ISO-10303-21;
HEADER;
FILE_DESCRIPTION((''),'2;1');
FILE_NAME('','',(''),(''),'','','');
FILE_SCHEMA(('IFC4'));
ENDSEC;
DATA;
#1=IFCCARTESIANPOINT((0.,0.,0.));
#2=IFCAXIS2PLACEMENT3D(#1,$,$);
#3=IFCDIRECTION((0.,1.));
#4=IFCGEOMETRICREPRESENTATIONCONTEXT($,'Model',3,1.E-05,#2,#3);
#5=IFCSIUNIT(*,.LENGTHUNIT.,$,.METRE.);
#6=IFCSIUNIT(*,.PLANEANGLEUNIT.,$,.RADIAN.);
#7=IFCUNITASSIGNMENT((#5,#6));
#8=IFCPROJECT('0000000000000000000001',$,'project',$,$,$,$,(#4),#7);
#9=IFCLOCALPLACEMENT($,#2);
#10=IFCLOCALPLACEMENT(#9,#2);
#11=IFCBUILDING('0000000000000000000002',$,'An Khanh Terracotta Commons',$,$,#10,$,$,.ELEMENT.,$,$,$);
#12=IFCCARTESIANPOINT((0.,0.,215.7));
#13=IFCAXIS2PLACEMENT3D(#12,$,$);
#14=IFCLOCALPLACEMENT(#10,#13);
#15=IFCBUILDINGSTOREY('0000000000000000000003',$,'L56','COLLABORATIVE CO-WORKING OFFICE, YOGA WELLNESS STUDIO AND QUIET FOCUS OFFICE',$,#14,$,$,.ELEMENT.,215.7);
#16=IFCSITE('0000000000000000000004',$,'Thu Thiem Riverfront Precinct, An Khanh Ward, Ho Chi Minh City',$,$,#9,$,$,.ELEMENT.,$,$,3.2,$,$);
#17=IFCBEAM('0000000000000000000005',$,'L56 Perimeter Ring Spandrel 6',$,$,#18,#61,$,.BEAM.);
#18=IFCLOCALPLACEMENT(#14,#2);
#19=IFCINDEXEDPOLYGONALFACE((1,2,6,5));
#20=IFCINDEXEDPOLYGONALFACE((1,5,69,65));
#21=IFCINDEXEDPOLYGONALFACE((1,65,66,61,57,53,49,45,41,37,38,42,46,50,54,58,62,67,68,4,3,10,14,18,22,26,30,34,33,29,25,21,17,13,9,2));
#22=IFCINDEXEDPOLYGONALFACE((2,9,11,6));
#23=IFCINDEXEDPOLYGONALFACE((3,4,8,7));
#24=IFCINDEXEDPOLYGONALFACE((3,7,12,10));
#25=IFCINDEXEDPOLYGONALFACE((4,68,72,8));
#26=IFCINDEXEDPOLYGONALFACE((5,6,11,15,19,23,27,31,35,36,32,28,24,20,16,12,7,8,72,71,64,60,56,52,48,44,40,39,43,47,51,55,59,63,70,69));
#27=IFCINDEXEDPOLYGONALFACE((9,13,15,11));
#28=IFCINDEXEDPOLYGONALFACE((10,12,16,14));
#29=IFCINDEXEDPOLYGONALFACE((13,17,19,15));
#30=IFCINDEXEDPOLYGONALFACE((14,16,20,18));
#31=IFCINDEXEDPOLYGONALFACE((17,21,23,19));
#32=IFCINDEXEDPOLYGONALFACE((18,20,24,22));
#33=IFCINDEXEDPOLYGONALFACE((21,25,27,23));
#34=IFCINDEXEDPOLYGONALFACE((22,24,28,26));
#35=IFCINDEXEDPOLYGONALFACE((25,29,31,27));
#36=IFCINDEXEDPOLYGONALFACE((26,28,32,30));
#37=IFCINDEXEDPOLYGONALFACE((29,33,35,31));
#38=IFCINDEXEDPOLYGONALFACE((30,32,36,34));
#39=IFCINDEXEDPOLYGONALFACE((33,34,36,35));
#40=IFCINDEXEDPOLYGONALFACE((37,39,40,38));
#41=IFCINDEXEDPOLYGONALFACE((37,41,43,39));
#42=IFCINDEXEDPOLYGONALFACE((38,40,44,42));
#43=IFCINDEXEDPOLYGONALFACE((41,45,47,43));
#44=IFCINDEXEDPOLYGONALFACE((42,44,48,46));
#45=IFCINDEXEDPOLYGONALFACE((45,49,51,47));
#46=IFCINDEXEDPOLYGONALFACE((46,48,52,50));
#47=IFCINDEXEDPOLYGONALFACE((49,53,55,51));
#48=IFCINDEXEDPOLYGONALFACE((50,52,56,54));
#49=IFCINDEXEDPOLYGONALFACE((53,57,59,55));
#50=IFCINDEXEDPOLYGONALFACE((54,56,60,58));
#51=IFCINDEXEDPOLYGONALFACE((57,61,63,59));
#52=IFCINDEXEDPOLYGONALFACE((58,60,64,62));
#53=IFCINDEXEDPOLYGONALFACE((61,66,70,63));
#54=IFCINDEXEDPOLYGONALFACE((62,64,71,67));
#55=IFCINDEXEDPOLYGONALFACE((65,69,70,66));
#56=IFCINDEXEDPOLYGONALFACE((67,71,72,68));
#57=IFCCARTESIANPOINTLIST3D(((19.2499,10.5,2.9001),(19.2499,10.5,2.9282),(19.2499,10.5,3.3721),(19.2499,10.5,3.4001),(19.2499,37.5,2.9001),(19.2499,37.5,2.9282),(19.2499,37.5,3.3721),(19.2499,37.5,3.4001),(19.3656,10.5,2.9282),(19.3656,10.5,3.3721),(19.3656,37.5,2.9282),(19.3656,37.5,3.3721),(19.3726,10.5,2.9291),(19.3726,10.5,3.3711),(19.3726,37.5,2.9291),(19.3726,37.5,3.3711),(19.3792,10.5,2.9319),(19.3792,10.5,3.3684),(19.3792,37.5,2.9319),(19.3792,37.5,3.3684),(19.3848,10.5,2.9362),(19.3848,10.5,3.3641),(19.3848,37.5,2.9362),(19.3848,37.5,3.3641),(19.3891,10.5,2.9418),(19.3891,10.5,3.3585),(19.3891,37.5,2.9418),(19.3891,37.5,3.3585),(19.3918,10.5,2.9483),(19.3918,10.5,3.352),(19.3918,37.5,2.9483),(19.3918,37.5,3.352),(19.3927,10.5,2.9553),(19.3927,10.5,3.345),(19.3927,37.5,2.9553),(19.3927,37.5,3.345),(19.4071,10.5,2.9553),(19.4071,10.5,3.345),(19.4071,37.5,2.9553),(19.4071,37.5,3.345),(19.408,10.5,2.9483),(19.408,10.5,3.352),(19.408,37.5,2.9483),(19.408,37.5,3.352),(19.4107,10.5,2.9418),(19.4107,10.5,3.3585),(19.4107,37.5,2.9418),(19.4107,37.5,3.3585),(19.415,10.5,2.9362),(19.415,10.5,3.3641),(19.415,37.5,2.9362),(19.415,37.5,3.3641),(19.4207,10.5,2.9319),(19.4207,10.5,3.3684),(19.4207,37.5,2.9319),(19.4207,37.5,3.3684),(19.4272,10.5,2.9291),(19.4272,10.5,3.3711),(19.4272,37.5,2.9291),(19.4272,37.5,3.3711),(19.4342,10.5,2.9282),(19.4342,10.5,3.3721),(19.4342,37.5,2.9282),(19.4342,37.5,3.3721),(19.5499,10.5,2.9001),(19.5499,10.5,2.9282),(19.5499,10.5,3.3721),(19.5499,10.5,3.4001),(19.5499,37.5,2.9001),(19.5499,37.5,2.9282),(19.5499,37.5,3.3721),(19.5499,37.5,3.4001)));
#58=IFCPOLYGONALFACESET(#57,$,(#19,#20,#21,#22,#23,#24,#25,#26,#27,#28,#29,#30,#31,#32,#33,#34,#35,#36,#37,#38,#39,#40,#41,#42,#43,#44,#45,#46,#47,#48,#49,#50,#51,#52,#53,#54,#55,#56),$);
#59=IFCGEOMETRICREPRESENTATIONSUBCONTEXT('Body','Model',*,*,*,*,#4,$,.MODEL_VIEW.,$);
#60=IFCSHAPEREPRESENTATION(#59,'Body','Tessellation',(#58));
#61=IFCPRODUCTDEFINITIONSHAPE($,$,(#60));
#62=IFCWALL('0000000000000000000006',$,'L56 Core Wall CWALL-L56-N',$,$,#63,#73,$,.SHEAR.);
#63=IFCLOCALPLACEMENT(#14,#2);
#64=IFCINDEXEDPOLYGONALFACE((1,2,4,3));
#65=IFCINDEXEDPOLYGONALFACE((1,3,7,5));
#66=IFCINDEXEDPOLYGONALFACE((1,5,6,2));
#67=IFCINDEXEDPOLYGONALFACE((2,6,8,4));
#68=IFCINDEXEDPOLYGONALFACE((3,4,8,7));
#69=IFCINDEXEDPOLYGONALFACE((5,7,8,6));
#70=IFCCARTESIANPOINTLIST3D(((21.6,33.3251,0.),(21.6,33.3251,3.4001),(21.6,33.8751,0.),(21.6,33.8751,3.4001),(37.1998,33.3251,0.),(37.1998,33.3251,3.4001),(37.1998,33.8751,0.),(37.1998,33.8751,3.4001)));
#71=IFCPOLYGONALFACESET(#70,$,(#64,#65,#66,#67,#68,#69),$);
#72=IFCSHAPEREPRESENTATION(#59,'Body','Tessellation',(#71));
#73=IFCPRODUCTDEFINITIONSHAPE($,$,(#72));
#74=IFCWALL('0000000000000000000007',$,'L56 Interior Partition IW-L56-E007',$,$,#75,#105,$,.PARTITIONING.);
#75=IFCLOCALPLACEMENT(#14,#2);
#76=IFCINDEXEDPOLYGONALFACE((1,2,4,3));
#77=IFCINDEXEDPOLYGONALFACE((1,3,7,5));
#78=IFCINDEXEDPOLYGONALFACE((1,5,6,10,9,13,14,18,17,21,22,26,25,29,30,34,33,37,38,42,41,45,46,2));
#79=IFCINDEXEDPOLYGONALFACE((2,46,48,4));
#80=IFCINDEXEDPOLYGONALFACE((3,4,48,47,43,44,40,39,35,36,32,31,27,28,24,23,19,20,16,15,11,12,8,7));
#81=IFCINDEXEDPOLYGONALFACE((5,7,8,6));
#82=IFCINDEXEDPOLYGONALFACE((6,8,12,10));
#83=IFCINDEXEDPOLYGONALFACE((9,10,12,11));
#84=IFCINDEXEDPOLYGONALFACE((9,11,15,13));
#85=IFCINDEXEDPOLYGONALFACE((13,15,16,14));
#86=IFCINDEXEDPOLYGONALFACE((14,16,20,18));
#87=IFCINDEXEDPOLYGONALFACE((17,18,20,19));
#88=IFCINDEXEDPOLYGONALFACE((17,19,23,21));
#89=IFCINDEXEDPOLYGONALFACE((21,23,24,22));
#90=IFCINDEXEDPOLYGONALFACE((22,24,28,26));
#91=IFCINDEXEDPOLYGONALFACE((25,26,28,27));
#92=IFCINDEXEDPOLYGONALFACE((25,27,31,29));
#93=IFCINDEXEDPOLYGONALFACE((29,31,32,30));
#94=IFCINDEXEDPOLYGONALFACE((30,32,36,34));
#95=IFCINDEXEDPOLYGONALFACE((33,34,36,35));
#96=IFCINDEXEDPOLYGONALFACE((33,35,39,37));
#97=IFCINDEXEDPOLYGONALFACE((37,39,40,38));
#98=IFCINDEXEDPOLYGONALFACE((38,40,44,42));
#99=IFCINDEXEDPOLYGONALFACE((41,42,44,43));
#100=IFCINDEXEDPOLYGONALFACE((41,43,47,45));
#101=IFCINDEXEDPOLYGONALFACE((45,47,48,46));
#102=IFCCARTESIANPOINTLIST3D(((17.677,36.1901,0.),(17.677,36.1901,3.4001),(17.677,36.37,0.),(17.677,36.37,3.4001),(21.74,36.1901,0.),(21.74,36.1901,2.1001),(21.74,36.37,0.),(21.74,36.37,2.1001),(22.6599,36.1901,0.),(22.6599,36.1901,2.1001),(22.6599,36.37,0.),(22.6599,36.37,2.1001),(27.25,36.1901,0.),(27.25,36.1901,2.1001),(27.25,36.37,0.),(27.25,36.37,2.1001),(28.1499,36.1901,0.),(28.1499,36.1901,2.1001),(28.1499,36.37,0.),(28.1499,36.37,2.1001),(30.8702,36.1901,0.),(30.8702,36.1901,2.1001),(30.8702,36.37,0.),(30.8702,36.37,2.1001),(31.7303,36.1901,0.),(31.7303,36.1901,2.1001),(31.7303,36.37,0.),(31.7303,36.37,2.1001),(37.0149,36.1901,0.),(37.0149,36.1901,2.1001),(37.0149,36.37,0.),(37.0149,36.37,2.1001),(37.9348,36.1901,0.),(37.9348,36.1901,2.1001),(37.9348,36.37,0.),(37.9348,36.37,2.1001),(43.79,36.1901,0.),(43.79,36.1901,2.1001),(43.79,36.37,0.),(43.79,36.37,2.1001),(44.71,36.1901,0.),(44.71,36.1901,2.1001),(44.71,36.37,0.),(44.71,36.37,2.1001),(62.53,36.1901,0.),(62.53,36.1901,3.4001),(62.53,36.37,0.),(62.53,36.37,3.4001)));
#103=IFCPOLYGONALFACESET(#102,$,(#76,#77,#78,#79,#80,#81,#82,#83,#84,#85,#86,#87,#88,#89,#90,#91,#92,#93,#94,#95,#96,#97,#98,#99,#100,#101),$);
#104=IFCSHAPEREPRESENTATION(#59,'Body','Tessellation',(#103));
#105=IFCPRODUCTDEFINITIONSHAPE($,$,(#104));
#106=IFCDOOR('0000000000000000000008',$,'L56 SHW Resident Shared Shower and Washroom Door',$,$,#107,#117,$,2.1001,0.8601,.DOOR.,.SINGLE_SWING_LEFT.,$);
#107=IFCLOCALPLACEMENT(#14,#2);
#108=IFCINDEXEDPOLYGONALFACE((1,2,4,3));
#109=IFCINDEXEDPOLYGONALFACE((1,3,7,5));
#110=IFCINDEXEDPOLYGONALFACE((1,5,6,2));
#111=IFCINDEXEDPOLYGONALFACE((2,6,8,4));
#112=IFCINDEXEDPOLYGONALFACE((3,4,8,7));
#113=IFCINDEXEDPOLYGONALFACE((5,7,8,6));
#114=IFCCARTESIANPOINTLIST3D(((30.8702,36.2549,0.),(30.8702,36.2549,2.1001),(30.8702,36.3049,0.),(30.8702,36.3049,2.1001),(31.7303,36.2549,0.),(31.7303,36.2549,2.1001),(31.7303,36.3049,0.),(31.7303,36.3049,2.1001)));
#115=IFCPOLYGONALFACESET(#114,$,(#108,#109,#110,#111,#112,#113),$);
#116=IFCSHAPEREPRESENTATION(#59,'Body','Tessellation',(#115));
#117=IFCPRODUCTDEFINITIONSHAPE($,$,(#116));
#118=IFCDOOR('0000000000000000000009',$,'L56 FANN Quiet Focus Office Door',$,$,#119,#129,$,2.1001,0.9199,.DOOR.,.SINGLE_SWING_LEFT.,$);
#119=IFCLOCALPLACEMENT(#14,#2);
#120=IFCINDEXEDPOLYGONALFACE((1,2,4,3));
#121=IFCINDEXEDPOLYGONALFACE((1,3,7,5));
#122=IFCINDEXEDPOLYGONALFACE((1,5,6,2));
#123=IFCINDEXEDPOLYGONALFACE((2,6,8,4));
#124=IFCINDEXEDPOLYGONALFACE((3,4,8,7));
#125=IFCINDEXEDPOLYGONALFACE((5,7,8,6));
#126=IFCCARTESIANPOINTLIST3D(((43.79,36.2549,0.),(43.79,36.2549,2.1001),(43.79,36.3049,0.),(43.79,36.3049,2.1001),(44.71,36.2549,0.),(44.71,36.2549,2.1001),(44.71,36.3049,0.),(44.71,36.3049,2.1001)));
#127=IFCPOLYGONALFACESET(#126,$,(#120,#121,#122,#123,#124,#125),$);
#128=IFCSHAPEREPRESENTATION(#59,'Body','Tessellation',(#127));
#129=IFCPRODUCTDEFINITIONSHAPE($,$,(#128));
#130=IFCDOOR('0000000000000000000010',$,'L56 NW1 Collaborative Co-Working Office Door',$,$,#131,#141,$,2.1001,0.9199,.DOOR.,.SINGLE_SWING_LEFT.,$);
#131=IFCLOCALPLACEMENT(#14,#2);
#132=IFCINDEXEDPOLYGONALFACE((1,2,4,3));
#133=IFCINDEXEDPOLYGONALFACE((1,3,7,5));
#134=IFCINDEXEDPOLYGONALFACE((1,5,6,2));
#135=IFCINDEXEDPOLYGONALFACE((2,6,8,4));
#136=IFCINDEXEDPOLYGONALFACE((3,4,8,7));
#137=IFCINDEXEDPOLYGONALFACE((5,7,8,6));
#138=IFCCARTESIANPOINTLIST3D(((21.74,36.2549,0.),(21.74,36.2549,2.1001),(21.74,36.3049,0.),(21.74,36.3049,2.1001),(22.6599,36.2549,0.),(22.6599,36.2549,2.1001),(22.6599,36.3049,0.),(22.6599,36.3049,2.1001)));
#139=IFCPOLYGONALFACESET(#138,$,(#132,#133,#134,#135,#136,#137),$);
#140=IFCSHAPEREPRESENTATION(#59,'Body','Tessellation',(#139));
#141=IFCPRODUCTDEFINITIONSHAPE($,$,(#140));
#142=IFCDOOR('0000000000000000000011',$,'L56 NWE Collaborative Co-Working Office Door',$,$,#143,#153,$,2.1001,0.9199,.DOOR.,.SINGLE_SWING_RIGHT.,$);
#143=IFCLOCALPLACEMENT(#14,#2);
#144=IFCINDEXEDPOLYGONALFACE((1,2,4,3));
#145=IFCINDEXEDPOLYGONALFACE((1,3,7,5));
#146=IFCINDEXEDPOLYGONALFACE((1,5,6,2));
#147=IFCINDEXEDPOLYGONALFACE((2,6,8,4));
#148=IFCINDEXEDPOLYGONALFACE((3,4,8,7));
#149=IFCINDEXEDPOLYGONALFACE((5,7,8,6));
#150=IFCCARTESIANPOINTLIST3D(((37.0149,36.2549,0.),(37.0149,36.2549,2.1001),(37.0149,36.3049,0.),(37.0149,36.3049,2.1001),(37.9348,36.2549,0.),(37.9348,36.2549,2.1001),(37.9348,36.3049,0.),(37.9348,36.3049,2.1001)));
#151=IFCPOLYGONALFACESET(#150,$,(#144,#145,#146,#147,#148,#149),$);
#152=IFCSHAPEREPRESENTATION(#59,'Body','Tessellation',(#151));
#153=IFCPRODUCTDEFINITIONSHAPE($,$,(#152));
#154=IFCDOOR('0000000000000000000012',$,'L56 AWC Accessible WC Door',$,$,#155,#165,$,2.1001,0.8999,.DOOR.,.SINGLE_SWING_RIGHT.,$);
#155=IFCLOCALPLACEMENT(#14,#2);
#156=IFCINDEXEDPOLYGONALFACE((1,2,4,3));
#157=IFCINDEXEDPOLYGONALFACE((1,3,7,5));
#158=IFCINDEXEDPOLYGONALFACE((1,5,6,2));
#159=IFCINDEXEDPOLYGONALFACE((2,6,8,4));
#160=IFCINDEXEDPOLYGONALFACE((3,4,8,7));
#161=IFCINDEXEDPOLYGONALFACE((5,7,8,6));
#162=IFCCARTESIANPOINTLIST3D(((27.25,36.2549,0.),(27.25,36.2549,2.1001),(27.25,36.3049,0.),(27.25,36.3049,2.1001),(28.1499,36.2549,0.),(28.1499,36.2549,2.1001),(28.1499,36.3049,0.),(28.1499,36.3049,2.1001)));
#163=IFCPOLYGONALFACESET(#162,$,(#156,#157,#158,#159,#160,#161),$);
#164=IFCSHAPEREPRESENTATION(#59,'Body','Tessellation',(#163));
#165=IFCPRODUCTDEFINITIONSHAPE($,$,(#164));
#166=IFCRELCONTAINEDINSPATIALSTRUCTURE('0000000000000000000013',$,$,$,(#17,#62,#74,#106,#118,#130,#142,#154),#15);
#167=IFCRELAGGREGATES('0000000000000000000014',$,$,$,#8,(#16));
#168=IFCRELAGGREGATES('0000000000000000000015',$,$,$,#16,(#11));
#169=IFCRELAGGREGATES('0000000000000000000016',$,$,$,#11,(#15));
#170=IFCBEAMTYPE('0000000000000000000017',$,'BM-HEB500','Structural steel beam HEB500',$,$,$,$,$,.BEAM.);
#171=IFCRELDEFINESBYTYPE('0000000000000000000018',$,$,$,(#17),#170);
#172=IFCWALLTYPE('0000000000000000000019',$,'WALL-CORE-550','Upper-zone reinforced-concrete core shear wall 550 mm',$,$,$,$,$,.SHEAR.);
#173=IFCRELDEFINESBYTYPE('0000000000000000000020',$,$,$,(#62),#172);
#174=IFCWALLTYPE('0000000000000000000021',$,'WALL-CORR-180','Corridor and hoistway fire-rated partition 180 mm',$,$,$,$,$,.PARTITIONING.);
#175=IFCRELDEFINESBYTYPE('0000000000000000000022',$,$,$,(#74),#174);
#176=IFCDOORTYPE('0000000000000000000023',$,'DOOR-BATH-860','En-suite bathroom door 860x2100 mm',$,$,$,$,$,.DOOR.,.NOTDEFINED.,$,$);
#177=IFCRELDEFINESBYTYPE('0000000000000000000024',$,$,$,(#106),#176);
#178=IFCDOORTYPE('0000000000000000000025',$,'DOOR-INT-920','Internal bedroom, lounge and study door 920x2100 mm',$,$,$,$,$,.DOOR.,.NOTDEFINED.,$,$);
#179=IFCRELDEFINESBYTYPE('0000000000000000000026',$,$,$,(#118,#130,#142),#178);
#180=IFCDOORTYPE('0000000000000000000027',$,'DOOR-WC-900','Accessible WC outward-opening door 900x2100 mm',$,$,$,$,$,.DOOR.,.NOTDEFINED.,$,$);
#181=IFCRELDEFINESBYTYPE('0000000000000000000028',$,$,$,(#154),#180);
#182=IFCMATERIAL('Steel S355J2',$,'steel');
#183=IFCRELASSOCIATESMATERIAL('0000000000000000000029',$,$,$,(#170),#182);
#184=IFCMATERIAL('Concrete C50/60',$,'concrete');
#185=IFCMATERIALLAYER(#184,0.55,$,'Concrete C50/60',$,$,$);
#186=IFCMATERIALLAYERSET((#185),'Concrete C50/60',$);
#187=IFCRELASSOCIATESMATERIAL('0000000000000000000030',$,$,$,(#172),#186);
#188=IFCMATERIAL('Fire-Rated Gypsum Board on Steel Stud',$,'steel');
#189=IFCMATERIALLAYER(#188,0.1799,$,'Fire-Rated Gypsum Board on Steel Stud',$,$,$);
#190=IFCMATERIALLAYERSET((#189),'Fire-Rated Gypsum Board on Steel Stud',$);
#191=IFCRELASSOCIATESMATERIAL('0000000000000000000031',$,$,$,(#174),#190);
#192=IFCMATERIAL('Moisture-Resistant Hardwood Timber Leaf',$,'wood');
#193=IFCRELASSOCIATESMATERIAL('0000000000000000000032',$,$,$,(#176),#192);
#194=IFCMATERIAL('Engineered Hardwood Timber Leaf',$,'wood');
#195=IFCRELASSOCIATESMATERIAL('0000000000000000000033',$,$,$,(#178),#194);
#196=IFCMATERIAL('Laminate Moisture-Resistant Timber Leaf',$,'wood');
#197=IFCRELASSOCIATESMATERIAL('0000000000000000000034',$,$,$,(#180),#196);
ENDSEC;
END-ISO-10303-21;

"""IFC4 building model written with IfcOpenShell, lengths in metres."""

from ifc_helpers import new_model, si_unit, direction, frame, frame_2d, origin, origin_2d, place, context, subcontext, project, spatial, rectangle, i_section, extrude, material, layer, layer_set, material_profile, profile_set, type_object, element, fill, save


model = new_model("IFC4")

# Units and contexts
model_context = context("Model", 3, precision=1e-05, world=origin(), true_north=direction((0.0, 1.0)))
body_context = subcontext(model_context, "Body", "Model", "MODEL_VIEW")
ifc_project = project(units=[si_unit("LENGTHUNIT", "METRE"), si_unit("PLANEANGLEUNIT", "RADIAN")], contexts=[model_context])

# Site, building, storey
site_placement = place(None, origin())
site = spatial("IfcSite", under=ifc_project, at=site_placement, Name="Thu Thiem Riverfront Precinct, An Khanh Ward, Ho Chi Minh City", CompositionType="ELEMENT", RefElevation=3.2)
building_placement = place(site_placement, origin())
building = spatial("IfcBuilding", under=site, at=building_placement, Name="An Khanh Terracotta Commons", CompositionType="ELEMENT")
storey_placement = place(building_placement, frame((0.0, 0.0, 215.7)))
storey = spatial("IfcBuildingStorey", under=building, at=storey_placement, Name="L56", Description="COLLABORATIVE CO-WORKING OFFICE, YOGA WELLNESS STUDIO AND QUIET FOCUS OFFICE", CompositionType="ELEMENT", Elevation=215.7)

# Beam
ifc_material_1 = material(Name="Steel S355J2", Category="steel")
ifc_material_profile_1 = material_profile(ifc_material_1, i_section(OverallWidth=0.3, OverallDepth=0.5, WebThickness=0.0144, FlangeThickness=0.0281, FilletRadius=0.0271, at=origin_2d()), Name="HEB500")
ifc_profile_set_1 = profile_set([ifc_material_profile_1], Name="Steel S355J2")
beam_type_1 = type_object("IfcBeamType", Name="BM-HEB500", Description="Structural steel beam HEB500", PredefinedType="BEAM", material=ifc_profile_set_1)
beam_1_placement = place(storey_placement, frame((19.3999, 37.5, 3.1501), z_axis=(0.0, -1.0, 0.0), x_axis=(1.0, 0.0, 0.0)))
element("IfcBeam", 1, at=beam_1_placement, inside=storey, type_object=beam_type_1, Name="L56 Perimeter Ring Spandrel 6", PredefinedType="BEAM", context=body_context, shape_type="SweptSolid", body=[
    extrude(i_section(OverallWidth=0.3, OverallDepth=0.5, WebThickness=0.0144, FlangeThickness=0.0281, FilletRadius=0.0271, at=origin_2d()), origin(), (0.0, 0.0, 1.0), 27.0),
])

# Wall
ifc_material_2 = material(Name="Concrete C50/60", Category="concrete")
ifc_layer_1 = layer(ifc_material_2, 0.55, Name="Concrete C50/60")
ifc_layer_set_1 = layer_set([ifc_layer_1], Name="Concrete C50/60")
wall_type_1 = type_object("IfcWallType", Name="WALL-CORE-550", Description="Upper-zone reinforced-concrete core shear wall 550 mm", PredefinedType="SHEAR", material=ifc_layer_set_1)
wall_1_placement = place(storey_placement, frame((21.6001, 33.6001, 0.0), z_axis=(0.0, 0.0, 1.0), x_axis=(1.0, 0.0, 0.0)))
element("IfcWall", 2, at=wall_1_placement, inside=storey, type_object=wall_type_1, Name="L56 Core Wall CWALL-L56-N", PredefinedType="SHEAR", context=body_context, shape_type="SweptSolid", body=[
    extrude(rectangle(XDim=15.5999, YDim=0.55, at=frame_2d((7.7998, 0.0))), origin(), (0.0, 0.0, 1.0), 3.4001),
])

# Wall, openings, doors
ifc_material_3 = material(Name="Fire-Rated Gypsum Board on Steel Stud", Category="steel")
ifc_layer_2 = layer(ifc_material_3, 0.1799, Name="Fire-Rated Gypsum Board on Steel Stud")
ifc_layer_set_2 = layer_set([ifc_layer_2], Name="Fire-Rated Gypsum Board on Steel Stud")
wall_type_2 = type_object("IfcWallType", Name="WALL-CORR-180", Description="Corridor and hoistway fire-rated partition 180 mm", PredefinedType="PARTITIONING", material=ifc_layer_set_2)
wall_2_placement = place(storey_placement, frame((17.677, 36.28, 0.0), z_axis=(0.0, 0.0, 1.0), x_axis=(1.0, 0.0, 0.0)))
wall_2 = element("IfcWall", 3, at=wall_2_placement, inside=storey, type_object=wall_type_2, Name="L56 Interior Partition IW-L56-E007", PredefinedType="PARTITIONING", context=body_context, shape_type="SweptSolid", body=[
    extrude(rectangle(XDim=44.853, YDim=0.1799, at=frame_2d((22.4265, 0.0))), origin(), (0.0, 0.0, 1.0), 3.4001),
])
opening_1_placement = place(wall_2_placement, frame((9.573, 0.0, 0.0)))
opening_1 = element("IfcOpeningElement", 4, at=opening_1_placement, cuts=wall_2, PredefinedType="OPENING", context=body_context, shape_type="SweptSolid", body=[
    extrude(rectangle(XDim=0.8999, YDim=2.1001, at=frame_2d((0.45, 1.05))), frame((0.0, 0.0999, 0.0), z_axis=(0.0, -1.0, 0.0), x_axis=(1.0, 0.0, 0.0)), (0.0, 0.0, 1.0), 0.2),
])
opening_2_placement = place(wall_2_placement, frame((13.1931, 0.0, 0.0)))
opening_2 = element("IfcOpeningElement", 5, at=opening_2_placement, cuts=wall_2, PredefinedType="OPENING", context=body_context, shape_type="SweptSolid", body=[
    extrude(rectangle(XDim=0.8601, YDim=2.1001, at=frame_2d((0.4302, 1.05))), frame((0.0, 0.0999, 0.0), z_axis=(0.0, -1.0, 0.0), x_axis=(1.0, 0.0, 0.0)), (0.0, 0.0, 1.0), 0.2),
])
opening_3_placement = place(wall_2_placement, frame((26.113, 0.0, 0.0)))
opening_3 = element("IfcOpeningElement", 6, at=opening_3_placement, cuts=wall_2, PredefinedType="OPENING", context=body_context, shape_type="SweptSolid", body=[
    extrude(rectangle(XDim=0.9199, YDim=2.1001, at=frame_2d((0.46, 1.05))), frame((0.0, 0.0999, 0.0), z_axis=(0.0, -1.0, 0.0), x_axis=(1.0, 0.0, 0.0)), (0.0, 0.0, 1.0), 0.2),
])
opening_4_placement = place(wall_2_placement, frame((4.063, 0.0, 0.0)))
opening_4 = element("IfcOpeningElement", 7, at=opening_4_placement, cuts=wall_2, PredefinedType="OPENING", context=body_context, shape_type="SweptSolid", body=[
    extrude(rectangle(XDim=0.9199, YDim=2.1001, at=frame_2d((0.46, 1.05))), frame((0.0, 0.0999, 0.0), z_axis=(0.0, -1.0, 0.0), x_axis=(1.0, 0.0, 0.0)), (0.0, 0.0, 1.0), 0.2),
])
opening_5_placement = place(wall_2_placement, frame((19.3379, 0.0, 0.0)))
opening_5 = element("IfcOpeningElement", 8, at=opening_5_placement, cuts=wall_2, PredefinedType="OPENING", context=body_context, shape_type="SweptSolid", body=[
    extrude(rectangle(XDim=0.9199, YDim=2.1001, at=frame_2d((0.46, 1.05))), frame((0.0, 0.0999, 0.0), z_axis=(0.0, -1.0, 0.0), x_axis=(1.0, 0.0, 0.0)), (0.0, 0.0, 1.0), 0.2),
])
ifc_material_4 = material(Name="Moisture-Resistant Hardwood Timber Leaf", Category="wood")
door_type_1 = type_object("IfcDoorType", Name="DOOR-BATH-860", Description="En-suite bathroom door 860x2100 mm", OperationType="NOTDEFINED", PredefinedType="DOOR", material=ifc_material_4)
door_1_placement = place(opening_2_placement, origin())
door_1 = element("IfcDoor", 9, at=door_1_placement, inside=storey, type_object=door_type_1, Name="L56 SHW Resident Shared Shower and Washroom Door", OperationType="SINGLE_SWING_LEFT", OverallHeight=2.1001, OverallWidth=0.8601, PredefinedType="DOOR", context=body_context, shape_type="SweptSolid", body=[
    extrude(rectangle(XDim=0.8601, YDim=2.1001, at=frame_2d((0.4302, 1.05))), frame((0.0, 0.0249, 0.0), z_axis=(0.0, -1.0, 0.0), x_axis=(1.0, 0.0, 0.0)), (0.0, 0.0, 1.0), 0.05),
])
fill(opening_2, door_1)
ifc_material_5 = material(Name="Engineered Hardwood Timber Leaf", Category="wood")
door_type_2 = type_object("IfcDoorType", Name="DOOR-INT-920", Description="Internal bedroom, lounge and study door 920x2100 mm", OperationType="NOTDEFINED", PredefinedType="DOOR", material=ifc_material_5)
door_2_placement = place(opening_3_placement, origin())
door_2 = element("IfcDoor", 10, at=door_2_placement, inside=storey, type_object=door_type_2, Name="L56 FANN Quiet Focus Office Door", OperationType="SINGLE_SWING_LEFT", OverallHeight=2.1001, OverallWidth=0.9199, PredefinedType="DOOR", context=body_context, shape_type="SweptSolid", body=[
    extrude(rectangle(XDim=0.9199, YDim=2.1001, at=frame_2d((0.46, 1.05))), frame((0.0, 0.0249, 0.0), z_axis=(0.0, -1.0, 0.0), x_axis=(1.0, 0.0, 0.0)), (0.0, 0.0, 1.0), 0.05),
])
fill(opening_3, door_2)
door_3_placement = place(opening_4_placement, origin())
door_3 = element("IfcDoor", 11, at=door_3_placement, inside=storey, type_object=door_type_2, Name="L56 NW1 Collaborative Co-Working Office Door", OperationType="SINGLE_SWING_LEFT", OverallHeight=2.1001, OverallWidth=0.9199, PredefinedType="DOOR", context=body_context, shape_type="SweptSolid", body=[
    extrude(rectangle(XDim=0.9199, YDim=2.1001, at=frame_2d((0.46, 1.05))), frame((0.0, 0.0249, 0.0), z_axis=(0.0, -1.0, 0.0), x_axis=(1.0, 0.0, 0.0)), (0.0, 0.0, 1.0), 0.05),
])
fill(opening_4, door_3)
door_4_placement = place(opening_5_placement, origin())
door_4 = element("IfcDoor", 12, at=door_4_placement, inside=storey, type_object=door_type_2, Name="L56 NWE Collaborative Co-Working Office Door", OperationType="SINGLE_SWING_RIGHT", OverallHeight=2.1001, OverallWidth=0.9199, PredefinedType="DOOR", context=body_context, shape_type="SweptSolid", body=[
    extrude(rectangle(XDim=0.9199, YDim=2.1001, at=frame_2d((0.46, 1.05))), frame((0.0, 0.0249, 0.0), z_axis=(0.0, -1.0, 0.0), x_axis=(1.0, 0.0, 0.0)), (0.0, 0.0, 1.0), 0.05),
])
fill(opening_5, door_4)
ifc_material_6 = material(Name="Laminate Moisture-Resistant Timber Leaf", Category="wood")
door_type_3 = type_object("IfcDoorType", Name="DOOR-WC-900", Description="Accessible WC outward-opening door 900x2100 mm", OperationType="NOTDEFINED", PredefinedType="DOOR", material=ifc_material_6)
door_5_placement = place(opening_1_placement, origin())
door_5 = element("IfcDoor", 13, at=door_5_placement, inside=storey, type_object=door_type_3, Name="L56 AWC Accessible WC Door", OperationType="SINGLE_SWING_RIGHT", OverallHeight=2.1001, OverallWidth=0.8999, PredefinedType="DOOR", context=body_context, shape_type="SweptSolid", body=[
    extrude(rectangle(XDim=0.8999, YDim=2.1001, at=frame_2d((0.45, 1.05))), frame((0.0, 0.0249, 0.0), z_axis=(0.0, -1.0, 0.0), x_axis=(1.0, 0.0, 0.0)), (0.0, 0.0, 1.0), 0.05),
])
fill(opening_1, door_5)

save(model, "model.ifc")
